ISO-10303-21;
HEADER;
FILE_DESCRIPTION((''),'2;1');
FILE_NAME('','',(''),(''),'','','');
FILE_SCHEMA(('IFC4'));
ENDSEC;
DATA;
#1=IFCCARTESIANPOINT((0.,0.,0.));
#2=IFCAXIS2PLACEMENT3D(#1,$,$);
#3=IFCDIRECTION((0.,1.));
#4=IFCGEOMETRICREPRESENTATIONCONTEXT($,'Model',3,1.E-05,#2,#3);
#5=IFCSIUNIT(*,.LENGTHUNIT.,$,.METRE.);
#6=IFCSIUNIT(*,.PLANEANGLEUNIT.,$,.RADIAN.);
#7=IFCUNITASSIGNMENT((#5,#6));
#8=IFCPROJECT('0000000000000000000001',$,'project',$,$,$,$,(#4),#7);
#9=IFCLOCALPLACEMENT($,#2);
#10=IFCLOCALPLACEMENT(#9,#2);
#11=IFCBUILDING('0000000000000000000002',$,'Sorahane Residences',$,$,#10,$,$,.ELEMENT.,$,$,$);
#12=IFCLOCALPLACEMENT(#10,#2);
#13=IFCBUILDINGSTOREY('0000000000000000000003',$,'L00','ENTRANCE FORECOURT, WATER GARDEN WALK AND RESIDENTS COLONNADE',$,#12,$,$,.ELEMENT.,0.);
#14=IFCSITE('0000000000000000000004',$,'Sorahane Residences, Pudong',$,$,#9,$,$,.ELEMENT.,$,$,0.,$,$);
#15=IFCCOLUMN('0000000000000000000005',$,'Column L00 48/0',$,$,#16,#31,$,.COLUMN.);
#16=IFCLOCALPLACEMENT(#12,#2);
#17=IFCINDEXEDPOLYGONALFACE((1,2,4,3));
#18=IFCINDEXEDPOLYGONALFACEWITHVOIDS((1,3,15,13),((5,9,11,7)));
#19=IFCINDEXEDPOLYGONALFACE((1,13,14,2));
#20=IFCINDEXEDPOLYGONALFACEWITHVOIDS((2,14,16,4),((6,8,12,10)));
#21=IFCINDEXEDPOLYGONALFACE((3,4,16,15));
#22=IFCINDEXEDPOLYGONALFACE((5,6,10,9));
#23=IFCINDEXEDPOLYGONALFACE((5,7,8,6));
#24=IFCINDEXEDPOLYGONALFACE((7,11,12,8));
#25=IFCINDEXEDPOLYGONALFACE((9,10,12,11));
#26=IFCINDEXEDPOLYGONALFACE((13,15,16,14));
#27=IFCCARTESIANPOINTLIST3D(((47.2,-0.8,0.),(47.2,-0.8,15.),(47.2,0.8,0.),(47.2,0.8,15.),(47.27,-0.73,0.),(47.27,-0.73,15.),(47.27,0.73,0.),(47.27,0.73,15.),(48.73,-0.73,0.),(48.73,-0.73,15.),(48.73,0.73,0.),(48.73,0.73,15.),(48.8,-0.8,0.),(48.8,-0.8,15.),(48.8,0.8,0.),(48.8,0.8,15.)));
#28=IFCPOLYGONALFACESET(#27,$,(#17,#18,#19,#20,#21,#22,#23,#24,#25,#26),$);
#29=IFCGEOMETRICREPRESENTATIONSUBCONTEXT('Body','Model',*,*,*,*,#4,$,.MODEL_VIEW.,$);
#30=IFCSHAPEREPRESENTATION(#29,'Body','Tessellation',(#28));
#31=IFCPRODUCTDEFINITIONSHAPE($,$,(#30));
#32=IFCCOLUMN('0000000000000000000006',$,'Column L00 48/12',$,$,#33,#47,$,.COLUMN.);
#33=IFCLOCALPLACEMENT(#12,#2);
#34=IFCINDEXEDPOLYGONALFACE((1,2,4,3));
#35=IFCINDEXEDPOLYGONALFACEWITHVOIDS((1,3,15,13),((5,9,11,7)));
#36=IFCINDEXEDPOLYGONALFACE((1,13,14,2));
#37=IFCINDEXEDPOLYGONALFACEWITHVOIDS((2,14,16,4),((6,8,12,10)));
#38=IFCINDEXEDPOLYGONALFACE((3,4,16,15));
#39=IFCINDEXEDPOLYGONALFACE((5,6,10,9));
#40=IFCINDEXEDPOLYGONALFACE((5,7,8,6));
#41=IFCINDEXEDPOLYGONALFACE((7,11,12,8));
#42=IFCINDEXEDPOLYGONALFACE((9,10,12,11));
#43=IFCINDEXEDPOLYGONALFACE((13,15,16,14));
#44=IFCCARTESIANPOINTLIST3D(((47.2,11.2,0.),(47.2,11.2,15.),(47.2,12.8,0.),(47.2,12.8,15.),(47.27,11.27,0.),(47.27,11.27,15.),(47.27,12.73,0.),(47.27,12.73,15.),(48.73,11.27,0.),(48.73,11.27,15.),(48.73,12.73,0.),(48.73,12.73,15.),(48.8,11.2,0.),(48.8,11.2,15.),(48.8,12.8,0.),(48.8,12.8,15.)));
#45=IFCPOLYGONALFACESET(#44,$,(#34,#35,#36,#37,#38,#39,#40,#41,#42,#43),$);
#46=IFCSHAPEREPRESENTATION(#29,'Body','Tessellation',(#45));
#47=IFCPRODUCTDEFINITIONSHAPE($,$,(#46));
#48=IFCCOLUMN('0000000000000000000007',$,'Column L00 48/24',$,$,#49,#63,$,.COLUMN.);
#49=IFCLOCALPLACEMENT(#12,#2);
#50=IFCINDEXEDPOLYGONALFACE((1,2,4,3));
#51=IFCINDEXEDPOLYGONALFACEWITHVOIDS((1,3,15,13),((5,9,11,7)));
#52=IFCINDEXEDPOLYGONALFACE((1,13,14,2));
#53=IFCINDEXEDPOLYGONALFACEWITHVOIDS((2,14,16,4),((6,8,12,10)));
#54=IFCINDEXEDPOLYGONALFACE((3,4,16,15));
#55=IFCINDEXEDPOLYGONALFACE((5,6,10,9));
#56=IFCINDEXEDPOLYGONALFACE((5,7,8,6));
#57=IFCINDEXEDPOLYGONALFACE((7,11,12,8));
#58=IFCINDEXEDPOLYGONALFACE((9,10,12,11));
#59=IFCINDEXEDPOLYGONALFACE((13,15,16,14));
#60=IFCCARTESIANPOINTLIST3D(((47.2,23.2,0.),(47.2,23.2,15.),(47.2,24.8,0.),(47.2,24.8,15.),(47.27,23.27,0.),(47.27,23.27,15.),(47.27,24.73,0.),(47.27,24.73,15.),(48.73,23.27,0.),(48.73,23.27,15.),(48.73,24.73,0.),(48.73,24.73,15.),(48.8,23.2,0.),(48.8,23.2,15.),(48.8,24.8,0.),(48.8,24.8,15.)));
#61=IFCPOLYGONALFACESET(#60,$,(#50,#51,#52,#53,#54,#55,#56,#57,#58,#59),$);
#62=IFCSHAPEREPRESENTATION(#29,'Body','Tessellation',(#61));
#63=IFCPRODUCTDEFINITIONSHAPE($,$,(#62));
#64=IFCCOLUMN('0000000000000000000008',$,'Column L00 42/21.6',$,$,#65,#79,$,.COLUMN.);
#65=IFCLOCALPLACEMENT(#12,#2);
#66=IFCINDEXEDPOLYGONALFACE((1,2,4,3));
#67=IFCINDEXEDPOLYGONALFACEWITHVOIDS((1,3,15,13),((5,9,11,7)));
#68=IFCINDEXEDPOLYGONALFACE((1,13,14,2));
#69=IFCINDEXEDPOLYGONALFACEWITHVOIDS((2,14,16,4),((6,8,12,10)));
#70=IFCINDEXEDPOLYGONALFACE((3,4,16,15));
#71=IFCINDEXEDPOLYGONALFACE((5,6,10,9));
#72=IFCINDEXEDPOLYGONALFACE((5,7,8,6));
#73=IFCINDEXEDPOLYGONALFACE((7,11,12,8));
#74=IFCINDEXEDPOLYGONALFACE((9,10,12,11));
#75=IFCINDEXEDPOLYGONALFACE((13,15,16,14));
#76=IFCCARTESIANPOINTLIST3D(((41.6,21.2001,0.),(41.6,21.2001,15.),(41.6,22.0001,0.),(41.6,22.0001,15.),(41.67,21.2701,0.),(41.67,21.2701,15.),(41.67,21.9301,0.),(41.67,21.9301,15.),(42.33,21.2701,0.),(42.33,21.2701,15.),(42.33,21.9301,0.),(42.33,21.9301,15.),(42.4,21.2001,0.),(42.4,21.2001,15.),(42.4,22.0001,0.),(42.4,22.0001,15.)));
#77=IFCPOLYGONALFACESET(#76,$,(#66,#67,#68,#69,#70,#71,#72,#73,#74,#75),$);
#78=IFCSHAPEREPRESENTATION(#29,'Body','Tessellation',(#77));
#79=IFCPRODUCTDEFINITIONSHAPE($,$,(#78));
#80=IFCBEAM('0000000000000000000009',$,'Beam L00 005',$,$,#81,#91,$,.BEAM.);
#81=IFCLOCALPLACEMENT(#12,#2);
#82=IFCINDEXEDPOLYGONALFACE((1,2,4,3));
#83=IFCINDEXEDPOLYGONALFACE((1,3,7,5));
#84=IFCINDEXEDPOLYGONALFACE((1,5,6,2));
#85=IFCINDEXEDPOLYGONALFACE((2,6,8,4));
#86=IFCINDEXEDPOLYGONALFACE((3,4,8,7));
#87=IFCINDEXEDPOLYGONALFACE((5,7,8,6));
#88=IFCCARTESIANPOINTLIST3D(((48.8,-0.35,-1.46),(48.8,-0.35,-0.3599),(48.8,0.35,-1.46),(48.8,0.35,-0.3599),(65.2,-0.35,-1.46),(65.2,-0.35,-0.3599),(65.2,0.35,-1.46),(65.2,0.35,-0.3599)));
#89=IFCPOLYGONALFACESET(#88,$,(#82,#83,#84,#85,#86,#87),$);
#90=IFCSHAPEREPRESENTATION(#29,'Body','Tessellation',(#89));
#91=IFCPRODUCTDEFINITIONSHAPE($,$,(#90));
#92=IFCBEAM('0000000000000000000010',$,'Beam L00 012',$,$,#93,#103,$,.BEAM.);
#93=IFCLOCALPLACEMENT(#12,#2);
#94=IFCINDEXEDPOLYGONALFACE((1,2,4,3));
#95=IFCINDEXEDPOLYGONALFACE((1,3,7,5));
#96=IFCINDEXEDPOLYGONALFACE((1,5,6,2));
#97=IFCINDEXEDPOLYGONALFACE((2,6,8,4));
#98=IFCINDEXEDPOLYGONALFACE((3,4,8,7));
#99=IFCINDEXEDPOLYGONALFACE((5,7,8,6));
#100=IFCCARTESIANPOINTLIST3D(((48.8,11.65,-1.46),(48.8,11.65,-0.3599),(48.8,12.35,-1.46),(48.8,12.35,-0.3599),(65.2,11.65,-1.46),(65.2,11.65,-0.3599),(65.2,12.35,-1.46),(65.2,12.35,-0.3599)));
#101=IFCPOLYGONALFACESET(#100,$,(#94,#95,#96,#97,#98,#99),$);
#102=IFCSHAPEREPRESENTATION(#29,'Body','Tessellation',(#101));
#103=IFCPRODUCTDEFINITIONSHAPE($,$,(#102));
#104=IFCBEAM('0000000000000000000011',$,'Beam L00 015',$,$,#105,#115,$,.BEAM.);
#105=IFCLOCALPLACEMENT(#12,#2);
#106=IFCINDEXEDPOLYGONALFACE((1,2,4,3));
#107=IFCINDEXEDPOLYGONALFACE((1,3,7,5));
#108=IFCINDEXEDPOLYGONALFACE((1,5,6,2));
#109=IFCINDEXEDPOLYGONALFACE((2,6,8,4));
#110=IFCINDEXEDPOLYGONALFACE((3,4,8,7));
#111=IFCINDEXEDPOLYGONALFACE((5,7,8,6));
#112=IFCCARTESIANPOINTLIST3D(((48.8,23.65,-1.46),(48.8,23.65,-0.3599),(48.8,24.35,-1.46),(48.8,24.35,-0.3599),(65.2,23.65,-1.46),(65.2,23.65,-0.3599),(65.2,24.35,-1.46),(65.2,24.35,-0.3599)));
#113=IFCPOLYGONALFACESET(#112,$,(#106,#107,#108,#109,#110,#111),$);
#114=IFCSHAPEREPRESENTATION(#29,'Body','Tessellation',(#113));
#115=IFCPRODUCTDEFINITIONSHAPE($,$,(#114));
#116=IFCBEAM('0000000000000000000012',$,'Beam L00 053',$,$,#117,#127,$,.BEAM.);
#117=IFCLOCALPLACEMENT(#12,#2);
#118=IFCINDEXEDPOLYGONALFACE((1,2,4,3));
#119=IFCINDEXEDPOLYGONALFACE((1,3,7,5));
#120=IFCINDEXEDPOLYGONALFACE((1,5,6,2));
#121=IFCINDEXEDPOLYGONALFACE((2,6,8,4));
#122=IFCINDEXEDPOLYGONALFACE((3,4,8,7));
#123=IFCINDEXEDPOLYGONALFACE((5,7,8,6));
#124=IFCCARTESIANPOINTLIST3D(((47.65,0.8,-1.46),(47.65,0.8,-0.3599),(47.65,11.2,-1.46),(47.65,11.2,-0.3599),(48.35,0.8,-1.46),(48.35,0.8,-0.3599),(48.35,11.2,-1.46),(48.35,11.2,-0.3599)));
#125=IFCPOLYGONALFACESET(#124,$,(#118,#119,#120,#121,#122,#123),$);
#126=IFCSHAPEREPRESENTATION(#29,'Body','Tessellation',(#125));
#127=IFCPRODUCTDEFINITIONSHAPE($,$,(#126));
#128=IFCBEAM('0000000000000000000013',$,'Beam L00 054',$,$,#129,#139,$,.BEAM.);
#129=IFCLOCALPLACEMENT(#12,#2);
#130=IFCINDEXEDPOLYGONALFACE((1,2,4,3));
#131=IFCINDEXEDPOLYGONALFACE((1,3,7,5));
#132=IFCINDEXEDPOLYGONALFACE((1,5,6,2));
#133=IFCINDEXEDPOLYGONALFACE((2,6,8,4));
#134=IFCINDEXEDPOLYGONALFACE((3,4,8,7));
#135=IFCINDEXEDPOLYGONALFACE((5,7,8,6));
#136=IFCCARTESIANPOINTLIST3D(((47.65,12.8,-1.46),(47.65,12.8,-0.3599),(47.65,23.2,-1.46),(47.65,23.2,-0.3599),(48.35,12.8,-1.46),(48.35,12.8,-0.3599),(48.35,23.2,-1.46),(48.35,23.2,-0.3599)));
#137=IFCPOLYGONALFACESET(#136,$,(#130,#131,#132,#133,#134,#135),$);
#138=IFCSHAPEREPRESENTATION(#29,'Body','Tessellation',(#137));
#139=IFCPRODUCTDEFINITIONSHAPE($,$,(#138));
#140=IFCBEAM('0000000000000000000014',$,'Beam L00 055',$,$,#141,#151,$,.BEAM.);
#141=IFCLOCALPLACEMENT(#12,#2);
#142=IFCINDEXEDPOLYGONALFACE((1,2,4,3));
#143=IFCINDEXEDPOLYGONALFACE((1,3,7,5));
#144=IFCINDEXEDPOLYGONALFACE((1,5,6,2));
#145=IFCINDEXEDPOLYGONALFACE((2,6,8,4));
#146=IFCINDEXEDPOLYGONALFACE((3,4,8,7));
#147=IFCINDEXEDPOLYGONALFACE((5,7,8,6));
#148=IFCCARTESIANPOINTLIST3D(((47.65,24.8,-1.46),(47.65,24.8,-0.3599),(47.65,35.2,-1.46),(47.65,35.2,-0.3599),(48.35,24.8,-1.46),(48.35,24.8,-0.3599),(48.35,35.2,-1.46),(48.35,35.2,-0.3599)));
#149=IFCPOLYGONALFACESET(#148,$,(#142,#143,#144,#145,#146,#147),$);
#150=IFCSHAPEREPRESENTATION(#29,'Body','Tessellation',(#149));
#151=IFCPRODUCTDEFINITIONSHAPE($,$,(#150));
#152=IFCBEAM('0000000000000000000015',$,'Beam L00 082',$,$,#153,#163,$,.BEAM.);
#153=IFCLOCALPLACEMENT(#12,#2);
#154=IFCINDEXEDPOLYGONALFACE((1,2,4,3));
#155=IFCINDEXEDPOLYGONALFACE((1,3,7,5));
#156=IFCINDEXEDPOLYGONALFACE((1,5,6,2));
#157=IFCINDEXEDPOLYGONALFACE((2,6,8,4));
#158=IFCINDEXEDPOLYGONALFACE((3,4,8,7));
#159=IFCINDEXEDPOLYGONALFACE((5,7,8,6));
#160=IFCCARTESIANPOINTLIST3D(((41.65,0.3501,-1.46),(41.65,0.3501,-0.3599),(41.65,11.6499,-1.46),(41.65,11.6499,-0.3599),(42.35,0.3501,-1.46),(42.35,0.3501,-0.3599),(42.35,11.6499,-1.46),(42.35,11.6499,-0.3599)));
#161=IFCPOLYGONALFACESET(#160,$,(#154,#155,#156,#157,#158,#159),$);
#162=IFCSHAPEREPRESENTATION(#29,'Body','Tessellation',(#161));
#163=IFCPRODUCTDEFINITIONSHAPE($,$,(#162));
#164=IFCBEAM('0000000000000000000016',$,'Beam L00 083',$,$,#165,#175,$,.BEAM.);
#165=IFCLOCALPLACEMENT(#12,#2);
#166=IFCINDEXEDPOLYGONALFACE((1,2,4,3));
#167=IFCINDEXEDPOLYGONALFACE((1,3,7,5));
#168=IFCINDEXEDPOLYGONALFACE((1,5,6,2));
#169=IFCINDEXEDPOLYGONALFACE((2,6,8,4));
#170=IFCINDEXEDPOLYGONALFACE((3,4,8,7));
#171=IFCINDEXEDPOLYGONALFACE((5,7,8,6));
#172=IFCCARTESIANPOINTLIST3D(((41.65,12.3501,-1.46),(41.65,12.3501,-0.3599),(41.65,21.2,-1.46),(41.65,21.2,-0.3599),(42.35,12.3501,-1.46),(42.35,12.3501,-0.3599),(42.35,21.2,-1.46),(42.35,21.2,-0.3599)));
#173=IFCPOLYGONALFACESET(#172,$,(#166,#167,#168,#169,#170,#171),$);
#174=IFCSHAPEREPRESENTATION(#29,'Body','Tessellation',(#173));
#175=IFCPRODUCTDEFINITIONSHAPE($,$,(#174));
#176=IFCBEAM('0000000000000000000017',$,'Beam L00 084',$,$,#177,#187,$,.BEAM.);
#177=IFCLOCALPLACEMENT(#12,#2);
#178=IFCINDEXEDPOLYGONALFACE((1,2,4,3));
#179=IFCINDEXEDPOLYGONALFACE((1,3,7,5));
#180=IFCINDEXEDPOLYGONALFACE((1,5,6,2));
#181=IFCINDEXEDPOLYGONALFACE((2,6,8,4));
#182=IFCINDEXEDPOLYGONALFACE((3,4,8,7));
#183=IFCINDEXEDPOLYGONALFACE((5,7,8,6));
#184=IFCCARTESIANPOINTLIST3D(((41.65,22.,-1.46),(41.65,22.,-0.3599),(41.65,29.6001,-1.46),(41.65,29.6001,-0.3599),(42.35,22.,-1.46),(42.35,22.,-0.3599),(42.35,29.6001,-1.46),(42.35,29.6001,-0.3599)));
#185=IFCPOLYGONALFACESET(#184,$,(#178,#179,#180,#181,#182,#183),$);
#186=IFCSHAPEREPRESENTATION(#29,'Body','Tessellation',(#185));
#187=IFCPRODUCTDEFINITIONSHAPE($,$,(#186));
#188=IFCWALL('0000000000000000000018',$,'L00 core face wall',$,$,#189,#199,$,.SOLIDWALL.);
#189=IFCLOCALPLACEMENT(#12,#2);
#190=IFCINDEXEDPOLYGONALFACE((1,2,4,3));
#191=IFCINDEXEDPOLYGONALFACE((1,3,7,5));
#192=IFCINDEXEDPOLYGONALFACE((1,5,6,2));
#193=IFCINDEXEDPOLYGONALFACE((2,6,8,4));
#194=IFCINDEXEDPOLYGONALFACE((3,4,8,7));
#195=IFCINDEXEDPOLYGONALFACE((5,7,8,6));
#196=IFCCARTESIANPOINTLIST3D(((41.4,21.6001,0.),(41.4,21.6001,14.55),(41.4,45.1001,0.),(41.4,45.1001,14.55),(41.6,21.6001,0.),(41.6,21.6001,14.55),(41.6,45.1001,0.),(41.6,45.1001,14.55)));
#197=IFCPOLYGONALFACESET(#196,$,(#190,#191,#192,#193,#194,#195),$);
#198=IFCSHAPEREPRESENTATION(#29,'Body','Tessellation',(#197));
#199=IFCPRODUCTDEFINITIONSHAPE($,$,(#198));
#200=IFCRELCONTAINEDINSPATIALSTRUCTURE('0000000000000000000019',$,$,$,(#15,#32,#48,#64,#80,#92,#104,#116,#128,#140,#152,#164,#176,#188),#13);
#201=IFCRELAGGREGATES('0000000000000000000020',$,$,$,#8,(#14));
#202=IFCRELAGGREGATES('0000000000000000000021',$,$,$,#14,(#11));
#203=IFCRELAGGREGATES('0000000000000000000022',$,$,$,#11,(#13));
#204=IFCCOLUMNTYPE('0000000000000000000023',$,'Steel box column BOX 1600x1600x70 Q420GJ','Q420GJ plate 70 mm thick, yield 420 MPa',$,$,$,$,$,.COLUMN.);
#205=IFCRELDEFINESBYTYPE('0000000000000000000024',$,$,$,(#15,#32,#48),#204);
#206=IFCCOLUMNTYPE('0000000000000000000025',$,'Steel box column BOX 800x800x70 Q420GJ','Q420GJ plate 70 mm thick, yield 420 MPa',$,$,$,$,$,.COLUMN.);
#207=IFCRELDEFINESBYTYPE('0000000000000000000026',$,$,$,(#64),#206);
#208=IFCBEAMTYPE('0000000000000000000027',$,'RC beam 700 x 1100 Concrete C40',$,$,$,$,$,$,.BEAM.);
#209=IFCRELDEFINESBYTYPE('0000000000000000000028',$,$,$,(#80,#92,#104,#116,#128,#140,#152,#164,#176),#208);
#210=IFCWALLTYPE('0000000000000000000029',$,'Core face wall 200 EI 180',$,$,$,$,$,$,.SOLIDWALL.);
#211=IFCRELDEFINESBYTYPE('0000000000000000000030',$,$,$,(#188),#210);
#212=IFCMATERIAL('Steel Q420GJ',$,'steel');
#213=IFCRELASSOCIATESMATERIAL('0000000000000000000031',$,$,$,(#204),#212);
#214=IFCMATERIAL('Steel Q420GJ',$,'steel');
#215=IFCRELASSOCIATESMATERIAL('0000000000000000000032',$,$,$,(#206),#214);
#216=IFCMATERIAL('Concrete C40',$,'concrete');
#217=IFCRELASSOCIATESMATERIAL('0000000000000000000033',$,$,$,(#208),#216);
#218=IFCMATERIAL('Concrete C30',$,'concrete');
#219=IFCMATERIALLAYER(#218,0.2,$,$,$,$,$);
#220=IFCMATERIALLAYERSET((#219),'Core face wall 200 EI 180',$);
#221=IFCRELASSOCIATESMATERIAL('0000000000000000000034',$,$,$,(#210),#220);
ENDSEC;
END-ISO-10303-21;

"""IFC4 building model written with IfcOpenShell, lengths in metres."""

from ifc_helpers import new_model, si_unit, direction, frame, frame_2d, origin, origin_2d, place, context, subcontext, project, spatial, rectangle, hollow_rectangle, extrude, material, layer, layer_set, material_profile, profile_set, type_object, element, save


model = new_model("IFC4")

# Units and contexts
model_context = context("Model", 3, precision=1e-05, world=origin(), true_north=direction((0.0, 1.0)))
body_context = subcontext(model_context, "Body", "Model", "MODEL_VIEW")
ifc_project = project(units=[si_unit("LENGTHUNIT", "METRE"), si_unit("PLANEANGLEUNIT", "RADIAN")], contexts=[model_context])

# Site, building, storey
site_placement = place(None, origin())
site = spatial("IfcSite", under=ifc_project, at=site_placement, Name="Sorahane Residences, Pudong", CompositionType="ELEMENT", RefElevation=0.0)
building_placement = place(site_placement, origin())
building = spatial("IfcBuilding", under=site, at=building_placement, Name="Sorahane Residences", CompositionType="ELEMENT")
storey_placement = place(building_placement, origin())
storey = spatial("IfcBuildingStorey", under=building, at=storey_placement, Name="L00", Description="ENTRANCE FORECOURT, WATER GARDEN WALK AND RESIDENTS COLONNADE", CompositionType="ELEMENT", Elevation=0.0)

# Columns
ifc_material_1 = material(Name="Steel Q420GJ", Category="steel")
ifc_material_profile_1 = material_profile(ifc_material_1, hollow_rectangle(XDim=1.6001, YDim=1.6001, WallThickness=0.0701, at=origin_2d()), Name="BOX 1600x1600x70")
ifc_profile_set_1 = profile_set([ifc_material_profile_1], Name="Steel Q420GJ")
column_type_1 = type_object("IfcColumnType", Name="Steel box column BOX 1600x1600x70 Q420GJ", Description="Q420GJ plate 70 mm thick, yield 420 MPa", PredefinedType="COLUMN", material=ifc_profile_set_1)
for number, where, z_axis, x_axis, name in (
    (1, (48.0, 0.0, 0.0), (0.0, 0.0, 1.0), (1.0, 0.0, 0.0), "Column L00 48/0"),
    (2, (48.0, 12.0, 0.0), (0.0, 0.0, 1.0), (1.0, 0.0, 0.0), "Column L00 48/12"),
    (3, (48.0, 24.0, 0.0), (0.0, 0.0, 1.0), (1.0, 0.0, 0.0), "Column L00 48/24"),
):
    element("IfcColumn", number, at=place(storey_placement, frame(where, z_axis=z_axis, x_axis=x_axis)), inside=storey, type_object=column_type_1, Name=name, PredefinedType="COLUMN", context=body_context, shape_type="SweptSolid", body=[
        extrude(hollow_rectangle(XDim=1.6001, YDim=1.6001, WallThickness=0.0701, at=origin_2d()), origin(), (0.0, 0.0, 1.0), 15.0),
    ])
ifc_material_2 = material(Name="Steel Q420GJ", Category="steel")
ifc_material_profile_2 = material_profile(ifc_material_2, hollow_rectangle(XDim=0.8, YDim=0.8, WallThickness=0.0701, at=origin_2d()), Name="BOX 800x800x70")
ifc_profile_set_2 = profile_set([ifc_material_profile_2], Name="Steel Q420GJ")
column_type_2 = type_object("IfcColumnType", Name="Steel box column BOX 800x800x70 Q420GJ", Description="Q420GJ plate 70 mm thick, yield 420 MPa", PredefinedType="COLUMN", material=ifc_profile_set_2)
column_placement = place(storey_placement, frame((42.0, 21.6001, 0.0), z_axis=(0.0, 0.0, 1.0), x_axis=(1.0, 0.0, 0.0)))
element("IfcColumn", 4, at=column_placement, inside=storey, type_object=column_type_2, Name="Column L00 42/21.6", PredefinedType="COLUMN", context=body_context, shape_type="SweptSolid", body=[
    extrude(hollow_rectangle(XDim=0.8, YDim=0.8, WallThickness=0.0701, at=origin_2d()), origin(), (0.0, 0.0, 1.0), 15.0),
])

# Beams
ifc_material_3 = material(Name="Concrete C40", Category="concrete")
ifc_material_profile_3 = material_profile(ifc_material_3, rectangle(XDim=0.7, YDim=1.1001, at=origin_2d()), Name="700x1100")
ifc_profile_set_3 = profile_set([ifc_material_profile_3], Name="Concrete C40")
beam_type = type_object("IfcBeamType", Name="RC beam 700 x 1100 Concrete C40", PredefinedType="BEAM", material=ifc_profile_set_3)
for number, where, z_axis, x_axis, name in (
    (5, (48.8, 0.0, -0.9099), (1.0, 0.0, 0.0), (0.0, 1.0, 0.0), "Beam L00 005"),
    (6, (48.8, 12.0, -0.9099), (1.0, 0.0, 0.0), (0.0, 1.0, 0.0), "Beam L00 012"),
    (7, (48.8, 24.0, -0.9099), (1.0, 0.0, 0.0), (0.0, 1.0, 0.0), "Beam L00 015"),
):
    element("IfcBeam", number, at=place(storey_placement, frame(where, z_axis=z_axis, x_axis=x_axis)), inside=storey, type_object=beam_type, Name=name, PredefinedType="BEAM", context=body_context, shape_type="SweptSolid", body=[
        extrude(rectangle(XDim=0.7, YDim=1.1001, at=origin_2d()), origin(), (0.0, 0.0, 1.0), 16.3999),
    ])
for number, where, z_axis, x_axis, name in (
    (8, (48.0, 0.8, -0.9099), (0.0, 1.0, 0.0), (-1.0, 0.0, 0.0), "Beam L00 053"),
    (9, (48.0, 12.8, -0.9099), (0.0, 1.0, 0.0), (-1.0, 0.0, 0.0), "Beam L00 054"),
    (10, (48.0, 24.8, -0.9099), (0.0, 1.0, 0.0), (-1.0, 0.0, 0.0), "Beam L00 055"),
):
    element("IfcBeam", number, at=place(storey_placement, frame(where, z_axis=z_axis, x_axis=x_axis)), inside=storey, type_object=beam_type, Name=name, PredefinedType="BEAM", context=body_context, shape_type="SweptSolid", body=[
        extrude(rectangle(XDim=0.7, YDim=1.1001, at=origin_2d()), origin(), (0.0, 0.0, 1.0), 10.3999),
    ])
beam_1_placement = place(storey_placement, frame((42.0, 0.3501, -0.9099), z_axis=(0.0, 1.0, 0.0), x_axis=(-1.0, 0.0, 0.0)))
element("IfcBeam", 11, at=beam_1_placement, inside=storey, type_object=beam_type, Name="Beam L00 082", PredefinedType="BEAM", context=body_context, shape_type="SweptSolid", body=[
    extrude(rectangle(XDim=0.7, YDim=1.1001, at=origin_2d()), origin(), (0.0, 0.0, 1.0), 11.2998),
])
beam_2_placement = place(storey_placement, frame((42.0, 12.3501, -0.9099), z_axis=(0.0, 1.0, 0.0), x_axis=(-1.0, 0.0, 0.0)))
element("IfcBeam", 12, at=beam_2_placement, inside=storey, type_object=beam_type, Name="Beam L00 083", PredefinedType="BEAM", context=body_context, shape_type="SweptSolid", body=[
    extrude(rectangle(XDim=0.7, YDim=1.1001, at=origin_2d()), origin(), (0.0, 0.0, 1.0), 8.8499),
])
beam_3_placement = place(storey_placement, frame((42.0, 22.0, -0.9099), z_axis=(0.0, 1.0, 0.0), x_axis=(-1.0, 0.0, 0.0)))
element("IfcBeam", 13, at=beam_3_placement, inside=storey, type_object=beam_type, Name="Beam L00 084", PredefinedType="BEAM", context=body_context, shape_type="SweptSolid", body=[
    extrude(rectangle(XDim=0.7, YDim=1.1001, at=origin_2d()), origin(), (0.0, 0.0, 1.0), 7.6001),
])

# Wall
ifc_material_4 = material(Name="Concrete C30", Category="concrete")
ifc_layer_1 = layer(ifc_material_4, 0.2)
ifc_layer_set_1 = layer_set([ifc_layer_1], Name="Core face wall 200 EI 180")
wall_type_1 = type_object("IfcWallType", Name="Core face wall 200 EI 180", PredefinedType="SOLIDWALL", material=ifc_layer_set_1)
wall_1_placement = place(storey_placement, frame((41.5, 21.6001, 0.0), z_axis=(0.0, 0.0, 1.0), x_axis=(0.0, 1.0, 0.0)))
element("IfcWall", 14, at=wall_1_placement, inside=storey, type_object=wall_type_1, Name="L00 core face wall", PredefinedType="SOLIDWALL", context=body_context, shape_type="SweptSolid", body=[
    extrude(rectangle(XDim=23.5, YDim=0.2, at=frame_2d((11.75, 0.0))), origin(), (0.0, 0.0, 1.0), 14.55),
])

save(model, "model.ifc")
